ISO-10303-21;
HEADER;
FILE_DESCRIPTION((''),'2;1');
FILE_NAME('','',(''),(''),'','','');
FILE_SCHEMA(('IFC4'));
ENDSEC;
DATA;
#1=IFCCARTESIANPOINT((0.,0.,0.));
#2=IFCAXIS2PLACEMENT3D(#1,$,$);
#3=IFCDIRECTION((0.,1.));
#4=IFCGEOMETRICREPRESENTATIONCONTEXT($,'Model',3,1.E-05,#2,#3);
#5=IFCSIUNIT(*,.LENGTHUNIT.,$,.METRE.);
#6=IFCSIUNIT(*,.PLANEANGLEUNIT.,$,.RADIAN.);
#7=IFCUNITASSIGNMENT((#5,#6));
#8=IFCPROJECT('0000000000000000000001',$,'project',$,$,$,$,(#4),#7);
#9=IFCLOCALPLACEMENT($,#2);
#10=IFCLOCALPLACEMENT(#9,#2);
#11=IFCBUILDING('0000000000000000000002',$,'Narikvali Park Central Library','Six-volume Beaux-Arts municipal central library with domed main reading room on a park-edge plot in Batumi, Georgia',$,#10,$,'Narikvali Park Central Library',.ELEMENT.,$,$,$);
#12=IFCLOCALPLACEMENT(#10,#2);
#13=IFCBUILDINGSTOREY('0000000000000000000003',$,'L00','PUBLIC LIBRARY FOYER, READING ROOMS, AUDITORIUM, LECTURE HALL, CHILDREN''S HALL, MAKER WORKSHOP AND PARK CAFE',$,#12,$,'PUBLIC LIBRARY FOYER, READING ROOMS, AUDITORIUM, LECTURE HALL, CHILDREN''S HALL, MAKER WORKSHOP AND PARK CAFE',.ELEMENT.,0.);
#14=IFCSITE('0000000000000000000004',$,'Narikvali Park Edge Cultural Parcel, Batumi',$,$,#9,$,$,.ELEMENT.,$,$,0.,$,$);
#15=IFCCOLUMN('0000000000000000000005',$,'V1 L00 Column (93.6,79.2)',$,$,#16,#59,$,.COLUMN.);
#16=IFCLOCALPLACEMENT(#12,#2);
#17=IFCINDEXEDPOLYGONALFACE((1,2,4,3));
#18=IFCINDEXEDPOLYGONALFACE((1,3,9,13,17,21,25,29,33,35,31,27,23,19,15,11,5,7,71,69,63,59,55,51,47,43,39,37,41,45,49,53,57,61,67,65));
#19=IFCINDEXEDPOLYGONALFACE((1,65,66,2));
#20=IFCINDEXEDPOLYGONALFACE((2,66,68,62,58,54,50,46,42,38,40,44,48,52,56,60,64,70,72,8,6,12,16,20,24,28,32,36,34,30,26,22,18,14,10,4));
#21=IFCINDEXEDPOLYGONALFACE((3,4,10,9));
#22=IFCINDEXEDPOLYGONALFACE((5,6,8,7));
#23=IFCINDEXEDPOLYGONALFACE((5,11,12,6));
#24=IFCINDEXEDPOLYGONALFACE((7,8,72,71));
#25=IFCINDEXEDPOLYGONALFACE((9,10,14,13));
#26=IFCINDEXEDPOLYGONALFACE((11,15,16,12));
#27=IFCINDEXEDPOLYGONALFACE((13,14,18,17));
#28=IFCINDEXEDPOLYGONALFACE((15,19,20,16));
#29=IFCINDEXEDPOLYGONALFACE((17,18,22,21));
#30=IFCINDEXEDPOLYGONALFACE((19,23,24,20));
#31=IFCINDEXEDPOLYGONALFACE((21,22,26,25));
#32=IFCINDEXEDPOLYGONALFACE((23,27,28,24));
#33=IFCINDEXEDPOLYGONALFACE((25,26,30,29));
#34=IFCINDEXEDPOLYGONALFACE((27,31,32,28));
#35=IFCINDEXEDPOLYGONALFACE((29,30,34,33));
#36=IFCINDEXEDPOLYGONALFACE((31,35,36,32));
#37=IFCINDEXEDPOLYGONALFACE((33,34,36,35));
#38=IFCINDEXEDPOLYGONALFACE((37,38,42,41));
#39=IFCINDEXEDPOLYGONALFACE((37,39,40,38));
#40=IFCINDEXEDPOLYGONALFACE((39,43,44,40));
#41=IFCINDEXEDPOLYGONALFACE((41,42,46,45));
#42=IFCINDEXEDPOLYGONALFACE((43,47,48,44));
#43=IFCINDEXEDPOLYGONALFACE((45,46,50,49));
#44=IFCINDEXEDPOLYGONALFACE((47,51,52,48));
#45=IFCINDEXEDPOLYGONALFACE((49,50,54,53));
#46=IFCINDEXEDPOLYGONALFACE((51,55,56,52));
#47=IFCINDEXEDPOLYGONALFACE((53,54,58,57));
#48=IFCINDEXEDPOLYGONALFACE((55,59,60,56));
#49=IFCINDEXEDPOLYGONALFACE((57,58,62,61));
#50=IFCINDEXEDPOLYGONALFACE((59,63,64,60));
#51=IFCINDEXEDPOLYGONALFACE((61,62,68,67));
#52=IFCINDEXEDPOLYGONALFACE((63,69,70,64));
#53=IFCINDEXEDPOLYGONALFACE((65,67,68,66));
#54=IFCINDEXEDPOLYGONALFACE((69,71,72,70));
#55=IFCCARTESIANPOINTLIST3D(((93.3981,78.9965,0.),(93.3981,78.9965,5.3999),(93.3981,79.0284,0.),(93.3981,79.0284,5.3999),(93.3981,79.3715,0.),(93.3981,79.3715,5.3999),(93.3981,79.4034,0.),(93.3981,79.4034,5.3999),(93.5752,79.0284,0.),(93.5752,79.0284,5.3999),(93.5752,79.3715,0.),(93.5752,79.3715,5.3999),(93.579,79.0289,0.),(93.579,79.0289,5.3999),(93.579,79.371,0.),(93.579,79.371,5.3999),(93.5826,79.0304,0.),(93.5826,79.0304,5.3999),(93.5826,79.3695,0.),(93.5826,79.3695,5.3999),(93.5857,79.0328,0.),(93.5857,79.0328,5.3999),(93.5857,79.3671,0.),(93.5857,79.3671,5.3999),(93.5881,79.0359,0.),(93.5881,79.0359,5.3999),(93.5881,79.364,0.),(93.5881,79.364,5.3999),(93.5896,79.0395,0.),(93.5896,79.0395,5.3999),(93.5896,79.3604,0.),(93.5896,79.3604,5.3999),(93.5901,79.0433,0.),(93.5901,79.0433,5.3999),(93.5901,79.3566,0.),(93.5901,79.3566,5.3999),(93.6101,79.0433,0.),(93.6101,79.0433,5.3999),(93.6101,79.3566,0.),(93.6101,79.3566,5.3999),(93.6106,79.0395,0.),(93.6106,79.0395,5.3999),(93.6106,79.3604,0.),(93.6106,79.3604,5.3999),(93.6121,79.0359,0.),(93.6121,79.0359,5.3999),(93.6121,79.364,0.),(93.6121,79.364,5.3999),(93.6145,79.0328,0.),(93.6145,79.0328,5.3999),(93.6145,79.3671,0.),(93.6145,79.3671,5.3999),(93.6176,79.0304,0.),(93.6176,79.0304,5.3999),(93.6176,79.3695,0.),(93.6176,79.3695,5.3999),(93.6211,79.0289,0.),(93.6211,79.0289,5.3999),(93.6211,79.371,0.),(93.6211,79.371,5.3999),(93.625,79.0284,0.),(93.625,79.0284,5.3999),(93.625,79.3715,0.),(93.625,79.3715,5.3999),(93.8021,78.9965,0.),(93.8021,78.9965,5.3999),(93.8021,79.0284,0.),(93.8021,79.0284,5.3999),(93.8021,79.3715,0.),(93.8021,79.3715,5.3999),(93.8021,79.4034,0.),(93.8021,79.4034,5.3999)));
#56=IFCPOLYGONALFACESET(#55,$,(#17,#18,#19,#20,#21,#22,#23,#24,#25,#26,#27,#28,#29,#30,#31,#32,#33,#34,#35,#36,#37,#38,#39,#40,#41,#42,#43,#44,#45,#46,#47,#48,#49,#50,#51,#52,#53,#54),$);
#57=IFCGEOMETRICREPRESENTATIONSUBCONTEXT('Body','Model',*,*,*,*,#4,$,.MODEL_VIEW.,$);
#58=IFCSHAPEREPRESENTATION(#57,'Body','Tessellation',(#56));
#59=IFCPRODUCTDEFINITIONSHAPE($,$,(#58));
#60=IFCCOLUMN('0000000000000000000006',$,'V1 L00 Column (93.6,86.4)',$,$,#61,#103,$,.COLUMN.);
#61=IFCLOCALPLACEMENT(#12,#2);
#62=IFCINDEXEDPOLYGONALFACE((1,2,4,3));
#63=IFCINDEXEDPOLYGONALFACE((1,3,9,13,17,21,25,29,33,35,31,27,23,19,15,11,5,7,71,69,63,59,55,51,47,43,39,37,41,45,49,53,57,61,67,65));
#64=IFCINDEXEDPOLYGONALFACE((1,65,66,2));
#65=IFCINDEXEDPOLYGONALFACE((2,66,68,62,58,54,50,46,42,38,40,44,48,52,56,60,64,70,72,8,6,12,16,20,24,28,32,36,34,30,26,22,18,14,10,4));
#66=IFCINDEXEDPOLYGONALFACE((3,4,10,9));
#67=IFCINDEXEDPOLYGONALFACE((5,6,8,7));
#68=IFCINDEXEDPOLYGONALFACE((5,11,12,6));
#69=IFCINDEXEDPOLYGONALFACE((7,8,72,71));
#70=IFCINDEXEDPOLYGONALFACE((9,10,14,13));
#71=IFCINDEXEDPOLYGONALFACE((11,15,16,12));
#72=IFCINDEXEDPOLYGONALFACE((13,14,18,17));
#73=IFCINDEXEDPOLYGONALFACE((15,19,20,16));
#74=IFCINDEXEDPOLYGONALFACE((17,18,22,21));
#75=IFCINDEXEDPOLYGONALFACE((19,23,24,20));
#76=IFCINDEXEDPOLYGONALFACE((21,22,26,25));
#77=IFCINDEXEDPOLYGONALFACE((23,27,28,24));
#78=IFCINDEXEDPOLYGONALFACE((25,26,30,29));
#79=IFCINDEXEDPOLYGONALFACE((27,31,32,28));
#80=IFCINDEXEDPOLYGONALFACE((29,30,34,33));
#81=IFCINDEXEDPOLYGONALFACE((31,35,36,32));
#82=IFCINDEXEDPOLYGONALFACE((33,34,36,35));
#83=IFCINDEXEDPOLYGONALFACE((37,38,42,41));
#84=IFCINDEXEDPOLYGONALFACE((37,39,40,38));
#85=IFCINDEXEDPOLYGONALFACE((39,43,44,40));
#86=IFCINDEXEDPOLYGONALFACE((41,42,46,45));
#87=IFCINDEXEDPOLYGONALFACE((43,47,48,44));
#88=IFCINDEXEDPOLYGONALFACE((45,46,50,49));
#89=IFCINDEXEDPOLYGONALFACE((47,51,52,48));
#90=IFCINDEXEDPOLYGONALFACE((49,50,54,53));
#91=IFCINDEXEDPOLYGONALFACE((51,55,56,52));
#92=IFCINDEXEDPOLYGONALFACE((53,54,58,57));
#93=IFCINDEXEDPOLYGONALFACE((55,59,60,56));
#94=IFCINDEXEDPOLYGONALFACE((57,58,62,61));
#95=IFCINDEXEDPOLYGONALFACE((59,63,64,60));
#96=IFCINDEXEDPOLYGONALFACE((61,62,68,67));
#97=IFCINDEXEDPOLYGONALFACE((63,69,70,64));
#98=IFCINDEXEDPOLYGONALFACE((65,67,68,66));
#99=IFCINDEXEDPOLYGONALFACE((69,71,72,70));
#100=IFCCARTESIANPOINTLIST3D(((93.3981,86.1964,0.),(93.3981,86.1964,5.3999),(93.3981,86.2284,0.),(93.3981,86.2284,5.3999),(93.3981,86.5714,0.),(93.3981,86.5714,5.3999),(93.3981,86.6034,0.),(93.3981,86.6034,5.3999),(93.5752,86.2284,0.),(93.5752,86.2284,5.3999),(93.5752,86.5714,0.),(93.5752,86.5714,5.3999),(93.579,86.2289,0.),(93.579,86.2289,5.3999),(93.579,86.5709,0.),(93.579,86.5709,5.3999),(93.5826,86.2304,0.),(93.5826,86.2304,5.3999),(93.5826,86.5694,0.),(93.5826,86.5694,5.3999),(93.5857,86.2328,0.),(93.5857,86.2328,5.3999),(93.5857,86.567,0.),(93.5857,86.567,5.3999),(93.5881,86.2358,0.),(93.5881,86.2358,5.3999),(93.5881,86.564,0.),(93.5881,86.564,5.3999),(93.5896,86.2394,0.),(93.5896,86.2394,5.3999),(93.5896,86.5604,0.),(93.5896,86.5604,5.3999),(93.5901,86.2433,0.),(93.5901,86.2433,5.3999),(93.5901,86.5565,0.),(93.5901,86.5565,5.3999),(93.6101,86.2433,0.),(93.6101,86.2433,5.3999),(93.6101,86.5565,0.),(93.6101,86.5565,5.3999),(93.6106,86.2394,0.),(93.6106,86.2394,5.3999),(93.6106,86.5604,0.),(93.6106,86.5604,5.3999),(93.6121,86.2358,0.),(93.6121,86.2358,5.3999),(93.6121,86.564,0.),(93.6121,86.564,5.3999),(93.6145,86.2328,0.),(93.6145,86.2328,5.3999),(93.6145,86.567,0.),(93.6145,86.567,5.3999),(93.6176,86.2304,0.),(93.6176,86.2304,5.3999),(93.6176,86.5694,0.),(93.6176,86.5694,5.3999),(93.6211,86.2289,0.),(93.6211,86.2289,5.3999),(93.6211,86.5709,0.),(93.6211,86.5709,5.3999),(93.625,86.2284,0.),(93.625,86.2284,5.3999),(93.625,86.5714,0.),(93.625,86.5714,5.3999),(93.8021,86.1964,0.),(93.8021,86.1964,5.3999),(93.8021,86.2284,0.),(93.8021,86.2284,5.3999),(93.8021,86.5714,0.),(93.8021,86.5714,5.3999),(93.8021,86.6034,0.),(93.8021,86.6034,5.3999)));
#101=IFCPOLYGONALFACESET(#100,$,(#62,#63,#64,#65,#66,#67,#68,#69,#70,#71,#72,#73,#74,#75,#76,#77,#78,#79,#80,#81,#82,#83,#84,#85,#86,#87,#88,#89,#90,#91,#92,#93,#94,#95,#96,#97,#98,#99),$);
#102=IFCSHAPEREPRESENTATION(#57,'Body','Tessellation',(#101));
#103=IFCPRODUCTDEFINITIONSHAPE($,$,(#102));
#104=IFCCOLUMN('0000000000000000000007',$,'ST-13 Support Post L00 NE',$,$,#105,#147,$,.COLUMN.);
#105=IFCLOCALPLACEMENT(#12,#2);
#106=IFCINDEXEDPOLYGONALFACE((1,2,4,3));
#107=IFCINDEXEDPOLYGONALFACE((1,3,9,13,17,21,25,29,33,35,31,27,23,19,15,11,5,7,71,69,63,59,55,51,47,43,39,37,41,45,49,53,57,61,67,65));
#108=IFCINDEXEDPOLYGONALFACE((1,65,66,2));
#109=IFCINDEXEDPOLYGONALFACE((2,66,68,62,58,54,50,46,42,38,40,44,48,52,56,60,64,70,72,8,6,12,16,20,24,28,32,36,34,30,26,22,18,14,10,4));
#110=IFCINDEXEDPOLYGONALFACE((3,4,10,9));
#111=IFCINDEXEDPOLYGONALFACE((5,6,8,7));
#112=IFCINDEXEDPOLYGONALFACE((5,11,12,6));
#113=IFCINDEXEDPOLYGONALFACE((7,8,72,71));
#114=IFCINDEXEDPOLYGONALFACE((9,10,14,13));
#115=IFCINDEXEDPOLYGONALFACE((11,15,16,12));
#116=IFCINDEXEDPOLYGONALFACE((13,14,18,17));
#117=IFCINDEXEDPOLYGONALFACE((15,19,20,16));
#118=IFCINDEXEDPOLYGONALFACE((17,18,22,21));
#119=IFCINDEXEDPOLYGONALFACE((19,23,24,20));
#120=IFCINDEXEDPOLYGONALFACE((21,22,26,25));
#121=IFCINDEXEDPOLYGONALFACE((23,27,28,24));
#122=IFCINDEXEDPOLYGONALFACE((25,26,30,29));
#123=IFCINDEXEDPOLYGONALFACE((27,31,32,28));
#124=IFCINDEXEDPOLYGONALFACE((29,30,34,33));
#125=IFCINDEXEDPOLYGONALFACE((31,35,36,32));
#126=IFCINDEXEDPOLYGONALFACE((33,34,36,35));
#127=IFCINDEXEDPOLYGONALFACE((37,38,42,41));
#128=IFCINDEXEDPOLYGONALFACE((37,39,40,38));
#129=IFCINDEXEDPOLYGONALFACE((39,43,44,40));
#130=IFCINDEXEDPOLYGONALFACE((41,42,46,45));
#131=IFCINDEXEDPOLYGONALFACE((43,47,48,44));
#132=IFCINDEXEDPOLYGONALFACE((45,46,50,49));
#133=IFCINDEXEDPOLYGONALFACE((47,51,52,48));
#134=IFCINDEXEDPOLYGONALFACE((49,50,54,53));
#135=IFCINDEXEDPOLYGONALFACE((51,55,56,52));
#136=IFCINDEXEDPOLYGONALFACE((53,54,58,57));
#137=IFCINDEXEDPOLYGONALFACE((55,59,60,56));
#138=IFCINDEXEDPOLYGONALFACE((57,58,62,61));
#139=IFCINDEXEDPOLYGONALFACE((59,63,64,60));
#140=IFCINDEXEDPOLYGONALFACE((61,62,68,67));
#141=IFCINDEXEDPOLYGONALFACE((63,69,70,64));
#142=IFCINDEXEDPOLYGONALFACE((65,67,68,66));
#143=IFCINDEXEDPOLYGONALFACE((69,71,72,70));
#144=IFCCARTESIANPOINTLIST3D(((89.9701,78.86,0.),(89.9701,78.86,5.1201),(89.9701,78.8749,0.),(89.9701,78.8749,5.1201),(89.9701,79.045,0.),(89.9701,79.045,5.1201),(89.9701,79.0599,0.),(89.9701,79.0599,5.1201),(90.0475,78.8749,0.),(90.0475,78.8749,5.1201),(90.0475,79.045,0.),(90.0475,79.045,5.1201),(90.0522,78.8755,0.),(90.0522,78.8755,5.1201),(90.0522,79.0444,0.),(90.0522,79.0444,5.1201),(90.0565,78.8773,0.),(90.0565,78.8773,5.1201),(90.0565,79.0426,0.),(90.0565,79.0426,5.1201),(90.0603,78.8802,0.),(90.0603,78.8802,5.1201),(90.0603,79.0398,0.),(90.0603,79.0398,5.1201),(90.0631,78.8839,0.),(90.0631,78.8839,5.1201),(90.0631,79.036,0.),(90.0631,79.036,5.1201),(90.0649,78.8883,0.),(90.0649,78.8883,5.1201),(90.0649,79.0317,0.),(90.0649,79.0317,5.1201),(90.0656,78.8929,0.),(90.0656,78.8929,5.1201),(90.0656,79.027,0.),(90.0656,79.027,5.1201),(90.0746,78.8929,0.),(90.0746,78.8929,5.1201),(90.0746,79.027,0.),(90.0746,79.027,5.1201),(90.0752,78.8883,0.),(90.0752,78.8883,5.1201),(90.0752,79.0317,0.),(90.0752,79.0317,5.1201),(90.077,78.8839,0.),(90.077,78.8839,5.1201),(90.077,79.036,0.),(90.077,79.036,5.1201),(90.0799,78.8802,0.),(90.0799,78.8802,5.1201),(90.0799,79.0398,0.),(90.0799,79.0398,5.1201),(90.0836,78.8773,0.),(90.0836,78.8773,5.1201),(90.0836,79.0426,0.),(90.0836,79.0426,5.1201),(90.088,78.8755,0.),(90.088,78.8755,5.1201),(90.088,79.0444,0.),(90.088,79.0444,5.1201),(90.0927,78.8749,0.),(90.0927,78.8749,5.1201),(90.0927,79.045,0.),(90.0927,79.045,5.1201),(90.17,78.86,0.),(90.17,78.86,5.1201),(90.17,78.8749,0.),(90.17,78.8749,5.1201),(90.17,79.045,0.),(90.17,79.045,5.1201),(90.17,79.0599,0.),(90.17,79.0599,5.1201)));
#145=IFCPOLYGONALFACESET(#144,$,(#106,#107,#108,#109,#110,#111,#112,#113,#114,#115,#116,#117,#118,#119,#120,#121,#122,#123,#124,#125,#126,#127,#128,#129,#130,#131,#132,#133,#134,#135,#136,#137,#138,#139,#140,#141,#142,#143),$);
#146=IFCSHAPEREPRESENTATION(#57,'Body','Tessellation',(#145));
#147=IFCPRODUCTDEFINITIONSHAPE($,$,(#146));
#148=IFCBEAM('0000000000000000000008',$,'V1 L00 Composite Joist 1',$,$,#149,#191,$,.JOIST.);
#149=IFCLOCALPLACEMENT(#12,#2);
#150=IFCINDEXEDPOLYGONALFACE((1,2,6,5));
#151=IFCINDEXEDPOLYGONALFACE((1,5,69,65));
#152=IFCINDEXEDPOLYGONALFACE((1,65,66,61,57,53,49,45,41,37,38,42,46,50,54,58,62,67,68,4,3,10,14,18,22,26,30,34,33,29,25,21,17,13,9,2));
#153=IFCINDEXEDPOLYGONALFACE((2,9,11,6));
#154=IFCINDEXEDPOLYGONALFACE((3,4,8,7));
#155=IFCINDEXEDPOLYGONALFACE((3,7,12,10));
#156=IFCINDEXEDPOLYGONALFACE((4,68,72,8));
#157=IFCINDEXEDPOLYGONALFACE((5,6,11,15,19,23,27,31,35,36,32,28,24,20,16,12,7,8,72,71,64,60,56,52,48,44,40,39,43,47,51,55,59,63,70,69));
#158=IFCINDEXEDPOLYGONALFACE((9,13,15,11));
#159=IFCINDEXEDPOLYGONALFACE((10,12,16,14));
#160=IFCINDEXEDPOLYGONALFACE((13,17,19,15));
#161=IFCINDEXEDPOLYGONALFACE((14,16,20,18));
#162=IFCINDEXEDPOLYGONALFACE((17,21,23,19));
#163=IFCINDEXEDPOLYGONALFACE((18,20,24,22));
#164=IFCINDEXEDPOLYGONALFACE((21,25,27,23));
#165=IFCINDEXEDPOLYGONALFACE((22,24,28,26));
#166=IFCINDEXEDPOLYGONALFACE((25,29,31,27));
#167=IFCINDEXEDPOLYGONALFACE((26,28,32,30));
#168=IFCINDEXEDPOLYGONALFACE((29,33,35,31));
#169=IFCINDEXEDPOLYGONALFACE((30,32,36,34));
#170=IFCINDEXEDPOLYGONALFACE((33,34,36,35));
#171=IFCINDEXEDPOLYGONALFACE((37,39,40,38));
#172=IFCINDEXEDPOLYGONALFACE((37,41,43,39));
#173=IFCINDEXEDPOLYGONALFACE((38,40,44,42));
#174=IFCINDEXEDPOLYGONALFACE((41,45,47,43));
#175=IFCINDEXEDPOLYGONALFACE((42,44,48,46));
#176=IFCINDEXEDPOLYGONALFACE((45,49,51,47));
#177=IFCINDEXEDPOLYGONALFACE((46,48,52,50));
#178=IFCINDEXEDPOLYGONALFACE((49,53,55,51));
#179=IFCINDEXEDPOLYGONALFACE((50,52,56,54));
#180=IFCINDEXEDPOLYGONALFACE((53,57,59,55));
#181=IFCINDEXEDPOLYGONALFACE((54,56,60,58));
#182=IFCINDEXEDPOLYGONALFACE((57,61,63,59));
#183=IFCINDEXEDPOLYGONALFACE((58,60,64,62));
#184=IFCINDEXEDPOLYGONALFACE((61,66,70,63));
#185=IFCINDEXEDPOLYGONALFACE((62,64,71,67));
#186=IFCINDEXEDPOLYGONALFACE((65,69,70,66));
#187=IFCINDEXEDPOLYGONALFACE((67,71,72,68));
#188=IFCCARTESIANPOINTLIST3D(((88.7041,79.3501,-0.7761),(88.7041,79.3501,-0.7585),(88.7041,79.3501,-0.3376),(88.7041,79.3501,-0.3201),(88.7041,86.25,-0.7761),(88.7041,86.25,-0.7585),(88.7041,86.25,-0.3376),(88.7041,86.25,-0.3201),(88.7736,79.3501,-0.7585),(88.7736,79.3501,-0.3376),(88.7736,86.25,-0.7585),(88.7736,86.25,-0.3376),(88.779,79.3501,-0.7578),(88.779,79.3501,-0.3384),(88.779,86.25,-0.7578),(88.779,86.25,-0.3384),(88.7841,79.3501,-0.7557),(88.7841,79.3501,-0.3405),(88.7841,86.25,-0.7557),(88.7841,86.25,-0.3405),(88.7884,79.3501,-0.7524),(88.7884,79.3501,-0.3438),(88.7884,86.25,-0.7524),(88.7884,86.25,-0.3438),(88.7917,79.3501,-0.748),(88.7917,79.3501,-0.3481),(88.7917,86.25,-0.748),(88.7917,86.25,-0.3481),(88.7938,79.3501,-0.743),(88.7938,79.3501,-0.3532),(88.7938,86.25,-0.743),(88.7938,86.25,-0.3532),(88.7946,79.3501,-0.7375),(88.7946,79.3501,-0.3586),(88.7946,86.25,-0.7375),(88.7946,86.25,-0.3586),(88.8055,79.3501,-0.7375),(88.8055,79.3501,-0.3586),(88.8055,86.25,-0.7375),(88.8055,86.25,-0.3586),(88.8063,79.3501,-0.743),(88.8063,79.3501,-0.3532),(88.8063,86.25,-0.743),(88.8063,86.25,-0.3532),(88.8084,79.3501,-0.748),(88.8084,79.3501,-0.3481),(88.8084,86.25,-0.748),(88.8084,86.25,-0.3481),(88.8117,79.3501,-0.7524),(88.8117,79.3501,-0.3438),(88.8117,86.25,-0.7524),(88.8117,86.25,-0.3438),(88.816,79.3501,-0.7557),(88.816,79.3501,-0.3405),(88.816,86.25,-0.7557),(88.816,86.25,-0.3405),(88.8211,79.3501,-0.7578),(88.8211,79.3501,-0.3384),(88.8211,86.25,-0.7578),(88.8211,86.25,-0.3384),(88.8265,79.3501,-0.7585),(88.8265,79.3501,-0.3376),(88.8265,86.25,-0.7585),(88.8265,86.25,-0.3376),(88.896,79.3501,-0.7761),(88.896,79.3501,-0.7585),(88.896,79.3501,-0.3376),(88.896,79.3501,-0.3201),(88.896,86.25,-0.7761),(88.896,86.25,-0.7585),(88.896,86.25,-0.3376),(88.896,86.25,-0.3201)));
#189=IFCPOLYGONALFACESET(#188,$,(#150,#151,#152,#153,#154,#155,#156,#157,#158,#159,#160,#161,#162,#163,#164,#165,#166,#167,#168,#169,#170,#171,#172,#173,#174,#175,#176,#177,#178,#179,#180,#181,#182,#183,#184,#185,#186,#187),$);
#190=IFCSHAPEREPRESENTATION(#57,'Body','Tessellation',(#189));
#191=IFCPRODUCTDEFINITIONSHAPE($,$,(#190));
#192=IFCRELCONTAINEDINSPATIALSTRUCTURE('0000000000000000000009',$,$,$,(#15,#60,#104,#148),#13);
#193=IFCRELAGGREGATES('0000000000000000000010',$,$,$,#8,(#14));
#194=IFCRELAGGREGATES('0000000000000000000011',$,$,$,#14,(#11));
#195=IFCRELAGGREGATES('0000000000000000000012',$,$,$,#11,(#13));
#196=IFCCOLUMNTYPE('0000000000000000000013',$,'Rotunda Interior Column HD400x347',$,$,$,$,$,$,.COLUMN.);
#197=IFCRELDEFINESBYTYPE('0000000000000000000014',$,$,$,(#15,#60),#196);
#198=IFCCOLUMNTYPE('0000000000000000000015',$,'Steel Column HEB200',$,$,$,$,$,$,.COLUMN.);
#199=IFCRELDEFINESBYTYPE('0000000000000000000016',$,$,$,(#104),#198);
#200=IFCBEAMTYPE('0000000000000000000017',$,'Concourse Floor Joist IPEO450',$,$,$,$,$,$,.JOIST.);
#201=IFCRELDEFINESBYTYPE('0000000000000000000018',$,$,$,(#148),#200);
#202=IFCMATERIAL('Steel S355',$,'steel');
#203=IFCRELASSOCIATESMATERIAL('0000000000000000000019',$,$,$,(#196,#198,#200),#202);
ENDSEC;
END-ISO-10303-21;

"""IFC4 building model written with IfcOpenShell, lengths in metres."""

from ifc_helpers import new_model, si_unit, direction, frame, origin, origin_2d, place, context, subcontext, project, spatial, i_section, extrude, material, material_profile, profile_set, type_object, element, save


model = new_model("IFC4")

# Units and contexts
model_context = context("Model", 3, precision=1e-05, world=origin(), true_north=direction((0.0, 1.0)))
body_context = subcontext(model_context, "Body", "Model", "MODEL_VIEW")
ifc_project = project(units=[si_unit("LENGTHUNIT", "METRE"), si_unit("PLANEANGLEUNIT", "RADIAN")], contexts=[model_context])

# Site, building, storey
site_placement = place(None, origin())
site = spatial("IfcSite", under=ifc_project, at=site_placement, Name="Narikvali Park Edge Cultural Parcel, Batumi", CompositionType="ELEMENT", RefElevation=0.0)
building_placement = place(site_placement, origin())
building = spatial("IfcBuilding", under=site, at=building_placement, Name="Narikvali Park Central Library", Description="Six-volume Beaux-Arts municipal central library with domed main reading room on a park-edge plot in Batumi, Georgia", LongName="Narikvali Park Central Library", CompositionType="ELEMENT")
storey_placement = place(building_placement, origin())
storey = spatial("IfcBuildingStorey", under=building, at=storey_placement, Name="L00", Description="PUBLIC LIBRARY FOYER, READING ROOMS, AUDITORIUM, LECTURE HALL, CHILDREN'S HALL, MAKER WORKSHOP AND PARK CAFE", LongName="PUBLIC LIBRARY FOYER, READING ROOMS, AUDITORIUM, LECTURE HALL, CHILDREN'S HALL, MAKER WORKSHOP AND PARK CAFE", CompositionType="ELEMENT", Elevation=0.0)

# Columns
ifc_material_1 = material(Name="Steel S355", Category="steel")
ifc_material_profile_1 = material_profile(ifc_material_1, i_section(OverallWidth=0.4041, OverallDepth=0.407, WebThickness=0.02, FlangeThickness=0.032, FilletRadius=0.0149, at=origin_2d()), Name="HD 400x347")
ifc_profile_set_1 = profile_set([ifc_material_profile_1], Name="Steel S355")
column_type_1 = type_object("IfcColumnType", Name="Rotunda Interior Column HD400x347", PredefinedType="COLUMN", material=ifc_profile_set_1)
for number, where, z_axis, x_axis, name in (
    (1, (93.6001, 79.2, 0.0), (0.0, 0.0, 1.0), (1.0, 0.0, 0.0), "V1 L00 Column (93.6,79.2)"),
    (2, (93.6001, 86.3999, 0.0), (0.0, 0.0, 1.0), (1.0, 0.0, 0.0), "V1 L00 Column (93.6,86.4)"),
):
    element("IfcColumn", number, at=place(storey_placement, frame(where, z_axis=z_axis, x_axis=x_axis)), inside=storey, type_object=column_type_1, Name=name, PredefinedType="COLUMN", context=body_context, shape_type="SweptSolid", body=[
        extrude(i_section(OverallWidth=0.4041, OverallDepth=0.407, WebThickness=0.02, FlangeThickness=0.032, FilletRadius=0.0149, at=origin_2d()), origin(), (0.0, 0.0, 1.0), 5.3999),
    ])
ifc_material_profile_2 = material_profile(ifc_material_1, i_section(OverallWidth=0.2, OverallDepth=0.2, WebThickness=0.009, FlangeThickness=0.0149, FilletRadius=0.0181, at=origin_2d()), Name="HEB 200")
ifc_profile_set_2 = profile_set([ifc_material_profile_2], Name="Steel S355")
column_type_2 = type_object("IfcColumnType", Name="Steel Column HEB200", PredefinedType="COLUMN", material=ifc_profile_set_2)
column_placement = place(storey_placement, frame((90.0701, 78.96, 0.0), z_axis=(0.0, 0.0, 1.0), x_axis=(1.0, 0.0, 0.0)))
element("IfcColumn", 3, at=column_placement, inside=storey, type_object=column_type_2, Name="ST-13 Support Post L00 NE", PredefinedType="COLUMN", context=body_context, shape_type="SweptSolid", body=[
    extrude(i_section(OverallWidth=0.2, OverallDepth=0.2, WebThickness=0.009, FlangeThickness=0.0149, FilletRadius=0.0181, at=origin_2d()), origin(), (0.0, 0.0, 1.0), 5.1201),
])

# Beam
ifc_material_profile_3 = material_profile(ifc_material_1, i_section(OverallWidth=0.1919, OverallDepth=0.4561, WebThickness=0.011, FlangeThickness=0.0176, FilletRadius=0.021, at=origin_2d()), Name="IPEO 450")
ifc_profile_set_3 = profile_set([ifc_material_profile_3], Name="Steel S355")
beam_type_1 = type_object("IfcBeamType", Name="Concourse Floor Joist IPEO450", PredefinedType="JOIST", material=ifc_profile_set_3)
for number, where, z_axis, x_axis, name in (
    (4, (88.8, 79.3501, -0.5481), (0.0, 1.0, 0.0), (-1.0, 0.0, 0.0), "V1 L00 Composite Joist 1"),
):
    element("IfcBeam", number, at=place(storey_placement, frame(where, z_axis=z_axis, x_axis=x_axis)), inside=storey, type_object=beam_type_1, Name=name, PredefinedType="JOIST", context=body_context, shape_type="SweptSolid", body=[
        extrude(i_section(OverallWidth=0.1919, OverallDepth=0.4561, WebThickness=0.011, FlangeThickness=0.0176, FilletRadius=0.021, at=origin_2d()), origin(), (0.0, 0.0, 1.0), 6.8999),
    ])

save(model, "model.ifc")
